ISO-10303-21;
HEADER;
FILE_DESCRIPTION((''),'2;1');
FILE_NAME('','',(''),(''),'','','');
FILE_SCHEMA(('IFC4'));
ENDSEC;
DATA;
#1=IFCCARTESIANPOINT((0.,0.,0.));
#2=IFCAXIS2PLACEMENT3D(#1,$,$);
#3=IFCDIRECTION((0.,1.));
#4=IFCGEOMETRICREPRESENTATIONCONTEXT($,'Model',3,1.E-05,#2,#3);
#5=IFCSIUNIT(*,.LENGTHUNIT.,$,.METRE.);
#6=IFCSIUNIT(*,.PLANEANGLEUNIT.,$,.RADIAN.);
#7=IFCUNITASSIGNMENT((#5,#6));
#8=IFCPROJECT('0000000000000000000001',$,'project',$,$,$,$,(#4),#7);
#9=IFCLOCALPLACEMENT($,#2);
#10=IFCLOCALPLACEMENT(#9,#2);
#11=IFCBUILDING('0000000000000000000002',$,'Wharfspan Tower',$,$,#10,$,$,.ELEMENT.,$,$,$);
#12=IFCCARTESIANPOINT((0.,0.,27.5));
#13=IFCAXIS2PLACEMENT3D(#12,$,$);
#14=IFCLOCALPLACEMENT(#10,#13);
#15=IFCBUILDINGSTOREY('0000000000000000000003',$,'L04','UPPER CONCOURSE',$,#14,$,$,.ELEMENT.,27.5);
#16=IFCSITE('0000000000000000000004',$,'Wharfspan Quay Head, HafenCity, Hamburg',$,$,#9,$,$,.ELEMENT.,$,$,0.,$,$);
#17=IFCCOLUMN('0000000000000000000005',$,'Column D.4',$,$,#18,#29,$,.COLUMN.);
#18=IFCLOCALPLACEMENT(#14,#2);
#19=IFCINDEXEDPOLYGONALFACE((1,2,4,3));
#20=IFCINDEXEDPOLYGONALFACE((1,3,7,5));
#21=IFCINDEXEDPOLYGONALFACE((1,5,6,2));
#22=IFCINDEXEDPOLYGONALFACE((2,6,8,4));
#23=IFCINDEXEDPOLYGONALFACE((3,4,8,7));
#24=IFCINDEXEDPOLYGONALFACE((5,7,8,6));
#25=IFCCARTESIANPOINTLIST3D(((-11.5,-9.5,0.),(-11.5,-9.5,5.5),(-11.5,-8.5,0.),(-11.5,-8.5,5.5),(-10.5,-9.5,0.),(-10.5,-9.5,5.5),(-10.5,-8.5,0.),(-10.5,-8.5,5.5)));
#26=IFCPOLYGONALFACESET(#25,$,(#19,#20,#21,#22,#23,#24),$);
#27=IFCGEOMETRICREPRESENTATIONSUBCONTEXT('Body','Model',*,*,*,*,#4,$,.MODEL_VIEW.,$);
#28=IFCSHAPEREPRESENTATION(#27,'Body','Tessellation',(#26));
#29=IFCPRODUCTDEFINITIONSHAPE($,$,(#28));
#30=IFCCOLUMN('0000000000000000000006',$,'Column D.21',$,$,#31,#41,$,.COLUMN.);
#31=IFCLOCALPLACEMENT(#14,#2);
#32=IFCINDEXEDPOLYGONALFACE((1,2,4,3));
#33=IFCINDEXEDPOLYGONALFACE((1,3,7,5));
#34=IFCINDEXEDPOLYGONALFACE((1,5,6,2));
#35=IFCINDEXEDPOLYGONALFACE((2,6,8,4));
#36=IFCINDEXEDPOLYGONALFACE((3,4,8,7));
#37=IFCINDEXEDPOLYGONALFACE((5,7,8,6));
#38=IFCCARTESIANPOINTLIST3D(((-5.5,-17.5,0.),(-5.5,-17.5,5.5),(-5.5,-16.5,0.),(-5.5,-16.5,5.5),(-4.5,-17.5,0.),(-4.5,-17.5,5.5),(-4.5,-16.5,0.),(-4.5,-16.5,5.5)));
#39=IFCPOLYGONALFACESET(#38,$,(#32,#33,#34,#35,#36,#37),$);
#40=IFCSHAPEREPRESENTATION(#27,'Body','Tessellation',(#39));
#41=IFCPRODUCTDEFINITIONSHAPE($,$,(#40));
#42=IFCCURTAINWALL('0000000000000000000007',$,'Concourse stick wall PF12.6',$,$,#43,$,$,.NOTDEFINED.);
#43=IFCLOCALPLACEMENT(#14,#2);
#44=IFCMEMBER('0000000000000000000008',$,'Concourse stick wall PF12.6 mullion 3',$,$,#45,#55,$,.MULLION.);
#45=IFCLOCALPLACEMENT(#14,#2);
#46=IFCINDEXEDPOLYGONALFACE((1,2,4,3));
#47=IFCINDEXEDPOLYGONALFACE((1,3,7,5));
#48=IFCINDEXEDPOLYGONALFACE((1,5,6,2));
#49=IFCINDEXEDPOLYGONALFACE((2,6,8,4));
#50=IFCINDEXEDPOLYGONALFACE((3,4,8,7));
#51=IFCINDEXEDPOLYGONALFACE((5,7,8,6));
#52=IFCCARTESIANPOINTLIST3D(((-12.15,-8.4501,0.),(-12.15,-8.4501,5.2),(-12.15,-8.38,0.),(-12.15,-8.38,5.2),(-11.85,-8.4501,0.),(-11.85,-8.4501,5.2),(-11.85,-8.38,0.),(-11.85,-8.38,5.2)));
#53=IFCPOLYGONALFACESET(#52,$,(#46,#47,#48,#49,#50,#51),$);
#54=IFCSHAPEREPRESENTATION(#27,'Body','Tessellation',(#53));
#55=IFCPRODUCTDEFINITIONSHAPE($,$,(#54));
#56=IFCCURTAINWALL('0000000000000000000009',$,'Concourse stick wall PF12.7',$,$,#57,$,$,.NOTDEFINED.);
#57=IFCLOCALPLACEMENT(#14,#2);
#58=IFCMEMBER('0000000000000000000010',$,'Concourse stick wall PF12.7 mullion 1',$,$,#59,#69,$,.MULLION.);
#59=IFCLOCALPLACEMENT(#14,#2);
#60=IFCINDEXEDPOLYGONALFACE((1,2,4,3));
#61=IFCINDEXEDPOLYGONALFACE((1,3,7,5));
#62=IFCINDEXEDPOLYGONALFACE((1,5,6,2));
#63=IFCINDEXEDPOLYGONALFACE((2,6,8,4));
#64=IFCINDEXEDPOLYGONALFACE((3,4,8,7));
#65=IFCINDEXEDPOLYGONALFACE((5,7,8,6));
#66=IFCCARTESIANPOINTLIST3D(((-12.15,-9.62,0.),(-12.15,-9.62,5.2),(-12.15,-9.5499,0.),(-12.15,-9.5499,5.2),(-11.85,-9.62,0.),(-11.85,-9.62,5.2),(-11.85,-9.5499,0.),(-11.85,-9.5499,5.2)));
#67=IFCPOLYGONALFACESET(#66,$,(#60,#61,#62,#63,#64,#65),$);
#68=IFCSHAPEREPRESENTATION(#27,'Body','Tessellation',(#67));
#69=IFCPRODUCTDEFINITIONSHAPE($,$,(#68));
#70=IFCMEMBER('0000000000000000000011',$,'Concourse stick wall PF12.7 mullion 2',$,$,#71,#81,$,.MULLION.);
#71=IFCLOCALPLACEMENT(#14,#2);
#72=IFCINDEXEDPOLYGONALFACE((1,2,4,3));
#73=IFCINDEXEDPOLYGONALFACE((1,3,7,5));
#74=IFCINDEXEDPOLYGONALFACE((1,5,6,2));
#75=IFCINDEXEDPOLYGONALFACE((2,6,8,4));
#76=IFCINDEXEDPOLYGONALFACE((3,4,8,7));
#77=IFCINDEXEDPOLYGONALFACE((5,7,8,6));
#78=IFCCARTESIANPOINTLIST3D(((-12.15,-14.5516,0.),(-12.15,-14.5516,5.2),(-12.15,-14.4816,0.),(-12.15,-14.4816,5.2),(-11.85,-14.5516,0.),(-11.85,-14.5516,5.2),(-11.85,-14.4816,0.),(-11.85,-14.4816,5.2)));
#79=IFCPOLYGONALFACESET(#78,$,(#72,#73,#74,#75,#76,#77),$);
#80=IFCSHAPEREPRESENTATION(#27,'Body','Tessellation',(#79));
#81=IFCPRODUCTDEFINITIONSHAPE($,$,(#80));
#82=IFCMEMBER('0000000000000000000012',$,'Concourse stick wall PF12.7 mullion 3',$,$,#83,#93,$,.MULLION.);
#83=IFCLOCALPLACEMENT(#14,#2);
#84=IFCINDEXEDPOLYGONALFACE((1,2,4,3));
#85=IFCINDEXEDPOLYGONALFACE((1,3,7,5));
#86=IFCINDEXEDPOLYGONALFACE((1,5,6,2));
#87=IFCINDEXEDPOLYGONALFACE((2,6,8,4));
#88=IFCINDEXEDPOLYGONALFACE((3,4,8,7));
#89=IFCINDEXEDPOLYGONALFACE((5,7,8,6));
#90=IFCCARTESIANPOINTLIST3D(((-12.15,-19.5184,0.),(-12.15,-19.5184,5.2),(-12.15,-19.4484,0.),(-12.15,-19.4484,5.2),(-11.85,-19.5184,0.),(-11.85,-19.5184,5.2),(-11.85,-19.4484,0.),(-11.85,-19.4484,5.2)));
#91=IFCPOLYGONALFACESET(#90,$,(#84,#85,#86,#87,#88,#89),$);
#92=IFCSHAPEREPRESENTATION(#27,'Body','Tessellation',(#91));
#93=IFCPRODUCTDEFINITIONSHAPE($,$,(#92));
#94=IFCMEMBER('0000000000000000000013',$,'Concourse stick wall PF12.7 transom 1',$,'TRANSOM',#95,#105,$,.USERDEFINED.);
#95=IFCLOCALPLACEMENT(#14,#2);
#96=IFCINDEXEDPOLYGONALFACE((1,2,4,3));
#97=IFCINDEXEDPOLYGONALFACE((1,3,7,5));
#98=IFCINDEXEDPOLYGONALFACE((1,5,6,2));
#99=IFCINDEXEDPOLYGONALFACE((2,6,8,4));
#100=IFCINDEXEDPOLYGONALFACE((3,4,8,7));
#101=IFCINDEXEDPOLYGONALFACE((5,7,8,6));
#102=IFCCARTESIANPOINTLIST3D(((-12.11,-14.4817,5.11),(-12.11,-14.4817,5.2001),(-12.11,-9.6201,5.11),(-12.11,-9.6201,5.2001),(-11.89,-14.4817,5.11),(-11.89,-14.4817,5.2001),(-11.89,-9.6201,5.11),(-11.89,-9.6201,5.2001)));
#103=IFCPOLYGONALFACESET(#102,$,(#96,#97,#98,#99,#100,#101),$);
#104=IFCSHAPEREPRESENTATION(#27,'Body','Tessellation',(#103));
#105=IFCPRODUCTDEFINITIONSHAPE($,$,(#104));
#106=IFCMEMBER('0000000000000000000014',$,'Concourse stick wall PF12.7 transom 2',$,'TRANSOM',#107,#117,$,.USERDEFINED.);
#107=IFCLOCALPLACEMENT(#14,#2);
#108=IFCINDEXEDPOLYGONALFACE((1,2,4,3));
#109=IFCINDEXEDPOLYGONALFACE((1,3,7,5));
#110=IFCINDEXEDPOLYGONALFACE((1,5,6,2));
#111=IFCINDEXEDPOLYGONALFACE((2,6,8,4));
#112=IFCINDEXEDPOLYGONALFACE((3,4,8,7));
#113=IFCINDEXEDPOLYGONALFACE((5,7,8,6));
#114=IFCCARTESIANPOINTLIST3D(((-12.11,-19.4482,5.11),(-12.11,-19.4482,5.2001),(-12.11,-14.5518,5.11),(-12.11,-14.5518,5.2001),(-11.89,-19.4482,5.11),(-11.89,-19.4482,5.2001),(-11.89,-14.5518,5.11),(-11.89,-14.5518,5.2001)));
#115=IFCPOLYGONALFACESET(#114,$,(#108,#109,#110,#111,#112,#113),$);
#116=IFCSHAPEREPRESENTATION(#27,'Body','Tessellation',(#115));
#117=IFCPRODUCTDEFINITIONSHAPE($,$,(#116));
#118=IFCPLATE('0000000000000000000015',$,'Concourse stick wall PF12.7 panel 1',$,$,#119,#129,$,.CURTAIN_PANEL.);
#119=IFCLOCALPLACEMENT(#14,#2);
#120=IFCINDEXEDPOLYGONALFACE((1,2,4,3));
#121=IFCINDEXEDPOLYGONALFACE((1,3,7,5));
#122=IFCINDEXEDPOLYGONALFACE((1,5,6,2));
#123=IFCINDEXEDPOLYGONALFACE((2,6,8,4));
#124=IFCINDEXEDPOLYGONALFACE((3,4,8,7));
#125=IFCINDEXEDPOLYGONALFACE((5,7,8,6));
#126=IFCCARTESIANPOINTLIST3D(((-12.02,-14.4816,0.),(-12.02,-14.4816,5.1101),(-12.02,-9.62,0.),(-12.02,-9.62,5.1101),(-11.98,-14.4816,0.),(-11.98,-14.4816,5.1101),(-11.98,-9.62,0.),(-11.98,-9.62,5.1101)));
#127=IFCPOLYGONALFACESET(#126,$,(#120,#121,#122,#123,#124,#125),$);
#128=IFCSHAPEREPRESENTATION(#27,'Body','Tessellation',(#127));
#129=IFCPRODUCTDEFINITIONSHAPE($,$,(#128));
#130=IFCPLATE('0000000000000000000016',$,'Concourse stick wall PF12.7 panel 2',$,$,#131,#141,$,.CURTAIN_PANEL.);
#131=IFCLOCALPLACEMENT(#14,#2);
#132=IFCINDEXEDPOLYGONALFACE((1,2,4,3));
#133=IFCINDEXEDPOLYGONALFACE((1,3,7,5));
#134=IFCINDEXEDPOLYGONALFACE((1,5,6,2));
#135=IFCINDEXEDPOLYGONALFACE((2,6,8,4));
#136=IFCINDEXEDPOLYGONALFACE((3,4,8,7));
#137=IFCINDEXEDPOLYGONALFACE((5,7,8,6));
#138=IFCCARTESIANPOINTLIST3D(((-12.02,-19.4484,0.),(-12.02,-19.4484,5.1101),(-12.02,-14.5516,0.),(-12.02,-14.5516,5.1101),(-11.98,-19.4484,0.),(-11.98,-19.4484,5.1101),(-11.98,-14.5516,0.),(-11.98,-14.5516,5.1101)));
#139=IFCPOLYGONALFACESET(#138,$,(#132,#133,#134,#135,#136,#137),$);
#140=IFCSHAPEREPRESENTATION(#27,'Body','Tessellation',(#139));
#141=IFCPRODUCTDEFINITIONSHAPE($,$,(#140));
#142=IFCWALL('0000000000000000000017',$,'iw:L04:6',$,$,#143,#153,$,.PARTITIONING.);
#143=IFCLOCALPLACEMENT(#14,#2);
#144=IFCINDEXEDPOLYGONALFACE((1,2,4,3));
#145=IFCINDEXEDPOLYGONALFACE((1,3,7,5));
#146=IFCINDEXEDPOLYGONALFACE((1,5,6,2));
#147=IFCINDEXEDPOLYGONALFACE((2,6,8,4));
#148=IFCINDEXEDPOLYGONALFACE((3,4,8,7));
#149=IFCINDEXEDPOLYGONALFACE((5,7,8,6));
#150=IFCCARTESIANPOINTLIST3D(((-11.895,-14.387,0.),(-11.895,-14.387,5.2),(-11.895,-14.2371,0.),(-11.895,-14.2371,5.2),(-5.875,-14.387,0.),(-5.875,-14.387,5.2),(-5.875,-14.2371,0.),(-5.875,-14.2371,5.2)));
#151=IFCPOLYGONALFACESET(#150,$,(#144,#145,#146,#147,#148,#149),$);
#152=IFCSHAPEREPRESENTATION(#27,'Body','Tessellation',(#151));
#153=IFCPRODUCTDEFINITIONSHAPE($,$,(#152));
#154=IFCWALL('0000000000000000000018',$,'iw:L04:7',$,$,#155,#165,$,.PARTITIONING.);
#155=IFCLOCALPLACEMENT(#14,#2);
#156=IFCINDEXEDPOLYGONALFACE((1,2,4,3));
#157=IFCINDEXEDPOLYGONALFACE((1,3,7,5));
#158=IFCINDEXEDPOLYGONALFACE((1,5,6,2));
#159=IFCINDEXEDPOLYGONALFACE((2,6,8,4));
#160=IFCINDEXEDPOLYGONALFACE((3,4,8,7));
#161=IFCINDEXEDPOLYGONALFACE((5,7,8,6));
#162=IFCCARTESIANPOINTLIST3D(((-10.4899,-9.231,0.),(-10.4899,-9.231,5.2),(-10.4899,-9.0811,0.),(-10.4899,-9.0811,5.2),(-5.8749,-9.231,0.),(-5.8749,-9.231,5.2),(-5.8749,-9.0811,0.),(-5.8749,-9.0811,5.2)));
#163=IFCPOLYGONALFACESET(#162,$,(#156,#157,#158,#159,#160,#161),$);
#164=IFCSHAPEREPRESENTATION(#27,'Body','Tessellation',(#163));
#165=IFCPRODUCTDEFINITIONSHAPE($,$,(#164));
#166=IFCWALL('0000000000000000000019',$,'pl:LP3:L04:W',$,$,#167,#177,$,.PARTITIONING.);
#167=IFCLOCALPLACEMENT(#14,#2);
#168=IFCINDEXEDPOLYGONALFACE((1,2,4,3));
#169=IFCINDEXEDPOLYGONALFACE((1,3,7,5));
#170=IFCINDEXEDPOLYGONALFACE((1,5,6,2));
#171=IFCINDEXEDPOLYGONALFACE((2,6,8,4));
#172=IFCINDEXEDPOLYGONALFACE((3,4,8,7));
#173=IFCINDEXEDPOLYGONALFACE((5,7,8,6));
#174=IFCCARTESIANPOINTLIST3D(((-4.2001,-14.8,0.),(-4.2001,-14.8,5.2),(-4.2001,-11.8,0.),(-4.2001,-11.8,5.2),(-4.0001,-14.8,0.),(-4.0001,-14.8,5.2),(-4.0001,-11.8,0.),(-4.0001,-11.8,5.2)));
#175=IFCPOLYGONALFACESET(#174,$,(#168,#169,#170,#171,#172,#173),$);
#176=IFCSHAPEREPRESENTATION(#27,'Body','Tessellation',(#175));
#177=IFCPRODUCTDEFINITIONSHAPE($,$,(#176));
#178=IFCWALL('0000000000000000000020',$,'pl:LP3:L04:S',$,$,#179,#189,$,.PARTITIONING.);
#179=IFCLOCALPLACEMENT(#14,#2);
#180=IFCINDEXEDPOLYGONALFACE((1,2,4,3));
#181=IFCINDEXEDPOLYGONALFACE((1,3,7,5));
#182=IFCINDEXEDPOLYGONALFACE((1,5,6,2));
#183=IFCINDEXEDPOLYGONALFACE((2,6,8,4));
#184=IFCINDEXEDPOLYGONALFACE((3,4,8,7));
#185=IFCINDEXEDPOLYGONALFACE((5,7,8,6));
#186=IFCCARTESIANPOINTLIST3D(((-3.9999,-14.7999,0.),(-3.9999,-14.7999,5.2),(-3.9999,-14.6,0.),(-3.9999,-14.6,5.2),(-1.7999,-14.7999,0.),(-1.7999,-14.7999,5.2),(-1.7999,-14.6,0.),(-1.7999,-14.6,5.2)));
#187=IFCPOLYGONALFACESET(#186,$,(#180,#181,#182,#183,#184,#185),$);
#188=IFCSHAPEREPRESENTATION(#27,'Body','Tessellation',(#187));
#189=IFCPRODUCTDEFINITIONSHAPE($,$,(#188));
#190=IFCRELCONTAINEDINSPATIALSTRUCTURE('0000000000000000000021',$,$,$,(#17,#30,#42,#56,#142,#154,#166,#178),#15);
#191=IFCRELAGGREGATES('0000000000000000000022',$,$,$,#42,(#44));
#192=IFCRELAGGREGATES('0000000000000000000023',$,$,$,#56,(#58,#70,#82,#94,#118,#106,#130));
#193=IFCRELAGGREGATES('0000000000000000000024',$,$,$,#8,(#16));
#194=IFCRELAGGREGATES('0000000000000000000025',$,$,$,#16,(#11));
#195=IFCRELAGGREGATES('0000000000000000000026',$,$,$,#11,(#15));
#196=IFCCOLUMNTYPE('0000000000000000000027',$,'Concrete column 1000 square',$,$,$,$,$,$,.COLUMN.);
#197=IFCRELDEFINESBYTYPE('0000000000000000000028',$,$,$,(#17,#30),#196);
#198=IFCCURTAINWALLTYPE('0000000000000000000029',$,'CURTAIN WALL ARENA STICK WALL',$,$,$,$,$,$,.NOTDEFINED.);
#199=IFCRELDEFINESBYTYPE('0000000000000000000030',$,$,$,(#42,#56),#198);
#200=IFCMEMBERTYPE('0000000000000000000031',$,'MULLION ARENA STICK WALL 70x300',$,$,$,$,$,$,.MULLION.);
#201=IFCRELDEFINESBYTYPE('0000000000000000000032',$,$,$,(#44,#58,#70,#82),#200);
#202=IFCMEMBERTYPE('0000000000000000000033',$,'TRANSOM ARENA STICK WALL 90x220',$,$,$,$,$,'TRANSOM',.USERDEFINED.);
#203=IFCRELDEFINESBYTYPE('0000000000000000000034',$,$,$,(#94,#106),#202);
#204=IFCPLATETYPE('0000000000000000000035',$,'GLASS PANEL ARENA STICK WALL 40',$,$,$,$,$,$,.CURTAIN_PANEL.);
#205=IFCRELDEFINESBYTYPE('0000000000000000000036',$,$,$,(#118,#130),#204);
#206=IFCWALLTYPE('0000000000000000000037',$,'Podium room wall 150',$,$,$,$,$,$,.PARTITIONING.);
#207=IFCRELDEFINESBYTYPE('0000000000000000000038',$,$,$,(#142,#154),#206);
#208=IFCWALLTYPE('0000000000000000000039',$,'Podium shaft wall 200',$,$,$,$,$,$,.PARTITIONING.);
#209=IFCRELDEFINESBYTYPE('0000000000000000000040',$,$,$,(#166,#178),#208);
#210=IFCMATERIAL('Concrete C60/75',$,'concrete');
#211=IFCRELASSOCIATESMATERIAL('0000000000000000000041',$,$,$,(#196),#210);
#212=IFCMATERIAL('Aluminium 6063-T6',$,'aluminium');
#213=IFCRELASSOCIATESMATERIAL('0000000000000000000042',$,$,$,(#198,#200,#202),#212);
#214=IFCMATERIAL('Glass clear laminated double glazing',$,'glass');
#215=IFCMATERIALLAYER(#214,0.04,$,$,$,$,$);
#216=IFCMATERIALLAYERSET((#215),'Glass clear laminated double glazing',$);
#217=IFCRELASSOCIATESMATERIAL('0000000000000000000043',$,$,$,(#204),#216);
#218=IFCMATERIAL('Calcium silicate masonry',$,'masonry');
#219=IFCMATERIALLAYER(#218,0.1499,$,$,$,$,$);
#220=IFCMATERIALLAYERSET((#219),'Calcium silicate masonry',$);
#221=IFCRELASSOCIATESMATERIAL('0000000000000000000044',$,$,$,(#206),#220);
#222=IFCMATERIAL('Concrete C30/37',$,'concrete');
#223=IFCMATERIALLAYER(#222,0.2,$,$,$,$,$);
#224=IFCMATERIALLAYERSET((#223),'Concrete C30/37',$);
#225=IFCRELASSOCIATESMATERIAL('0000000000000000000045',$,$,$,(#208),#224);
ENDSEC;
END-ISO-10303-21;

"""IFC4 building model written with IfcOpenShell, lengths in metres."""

from ifc_helpers import new_model, si_unit, direction, frame, frame_2d, origin, origin_2d, place, context, subcontext, project, spatial, rectangle, extrude, material, layer, layer_set, material_profile, profile_set, type_object, element, aggregate, save


model = new_model("IFC4")

# Units and contexts
model_context = context("Model", 3, precision=1e-05, world=origin(), true_north=direction((0.0, 1.0)))
body_context = subcontext(model_context, "Body", "Model", "MODEL_VIEW")
ifc_project = project(units=[si_unit("LENGTHUNIT", "METRE"), si_unit("PLANEANGLEUNIT", "RADIAN")], contexts=[model_context])

# Site, building, storey
site_placement = place(None, origin())
site = spatial("IfcSite", under=ifc_project, at=site_placement, Name="Wharfspan Quay Head, HafenCity, Hamburg", CompositionType="ELEMENT", RefElevation=0.0)
building_placement = place(site_placement, origin())
building = spatial("IfcBuilding", under=site, at=building_placement, Name="Wharfspan Tower", CompositionType="ELEMENT")
storey_placement = place(building_placement, frame((0.0, 0.0, 27.5)))
storey = spatial("IfcBuildingStorey", under=building, at=storey_placement, Name="L04", Description="UPPER CONCOURSE", CompositionType="ELEMENT", Elevation=27.5)

# Columns
ifc_material_1 = material(Name="Concrete C60/75", Category="concrete")
ifc_material_profile_1 = material_profile(ifc_material_1, rectangle(XDim=1.0, YDim=1.0, at=origin_2d()))
ifc_profile_set_1 = profile_set([ifc_material_profile_1], Name="Concrete C60/75")
column_type = type_object("IfcColumnType", Name="Concrete column 1000 square", PredefinedType="COLUMN", material=ifc_profile_set_1)
for number, where, z_axis, x_axis, name in (
    (1, (-11.0, -9.0, 0.0), (0.0, 0.0, 1.0), (1.0, 0.0, 0.0), "Column D.4"),
    (2, (-5.0, -17.0, 0.0), (0.0, 0.0, 1.0), (1.0, 0.0, 0.0), "Column D.21"),
):
    element("IfcColumn", number, at=place(storey_placement, frame(where, z_axis=z_axis, x_axis=x_axis)), inside=storey, type_object=column_type, Name=name, PredefinedType="COLUMN", context=body_context, shape_type="SweptSolid", body=[
        extrude(rectangle(XDim=1.0, YDim=1.0, at=origin_2d()), origin(), (0.0, 0.0, 1.0), 5.5),
    ])

# Curtain wall, member
ifc_material_2 = material(Name="Aluminium 6063-T6", Category="aluminium")
curtain_wall_type = type_object("IfcCurtainWallType", Name="CURTAIN WALL ARENA STICK WALL", PredefinedType="NOTDEFINED", material=ifc_material_2)
curtain_wall_1_placement = place(storey_placement, origin())
curtain_wall_1 = element("IfcCurtainWall", 3, at=curtain_wall_1_placement, inside=storey, type_object=curtain_wall_type, Name="Concourse stick wall PF12.6", PredefinedType="NOTDEFINED")
ifc_material_profile_2 = material_profile(ifc_material_2, rectangle(XDim=0.3, YDim=0.0701, at=origin_2d()))
ifc_profile_set_2 = profile_set([ifc_material_profile_2], Name="Aluminium 6063-T6")
member_type_1 = type_object("IfcMemberType", Name="MULLION ARENA STICK WALL 70x300", PredefinedType="MULLION", material=ifc_profile_set_2)
member_1_placement = place(storey_placement, frame((-12.0, -8.415, 0.0), z_axis=(0.0, 0.0, 1.0), x_axis=(1.0, 0.0, 0.0)))
member_1 = element("IfcMember", 4, at=member_1_placement, type_object=member_type_1, Name="Concourse stick wall PF12.6 mullion 3", PredefinedType="MULLION", context=body_context, shape_type="SweptSolid", body=[
    extrude(rectangle(XDim=0.3, YDim=0.0701, at=origin_2d()), origin(), (0.0, 0.0, 1.0), 5.2),
])
aggregate(curtain_wall_1, [member_1])

# Curtain wall, members, plates
curtain_wall_2_placement = place(storey_placement, origin())
curtain_wall_2 = element("IfcCurtainWall", 5, at=curtain_wall_2_placement, inside=storey, type_object=curtain_wall_type, Name="Concourse stick wall PF12.7", PredefinedType="NOTDEFINED")
member_2_placement = place(storey_placement, frame((-12.0, -9.585, 0.0), z_axis=(0.0, 0.0, 1.0), x_axis=(1.0, 0.0, 0.0)))
member_2 = element("IfcMember", 6, at=member_2_placement, type_object=member_type_1, Name="Concourse stick wall PF12.7 mullion 1", PredefinedType="MULLION", context=body_context, shape_type="SweptSolid", body=[
    extrude(rectangle(XDim=0.3, YDim=0.0701, at=origin_2d()), origin(), (0.0, 0.0, 1.0), 5.2),
])
member_3_placement = place(storey_placement, frame((-12.0, -14.5166, 0.0), z_axis=(0.0, 0.0, 1.0), x_axis=(1.0, 0.0, 0.0)))
member_3 = element("IfcMember", 7, at=member_3_placement, type_object=member_type_1, Name="Concourse stick wall PF12.7 mullion 2", PredefinedType="MULLION", context=body_context, shape_type="SweptSolid", body=[
    extrude(rectangle(XDim=0.3, YDim=0.0701, at=origin_2d()), origin(), (0.0, 0.0, 1.0), 5.2),
])
member_4_placement = place(storey_placement, frame((-12.0, -19.4834, 0.0), z_axis=(0.0, 0.0, 1.0), x_axis=(1.0, 0.0, 0.0)))
member_4 = element("IfcMember", 8, at=member_4_placement, type_object=member_type_1, Name="Concourse stick wall PF12.7 mullion 3", PredefinedType="MULLION", context=body_context, shape_type="SweptSolid", body=[
    extrude(rectangle(XDim=0.3, YDim=0.0701, at=origin_2d()), origin(), (0.0, 0.0, 1.0), 5.2),
])
ifc_material_profile_3 = material_profile(ifc_material_2, rectangle(XDim=0.22, YDim=0.0901, at=origin_2d()))
ifc_profile_set_3 = profile_set([ifc_material_profile_3], Name="Aluminium 6063-T6")
member_type_2 = type_object("IfcMemberType", Name="TRANSOM ARENA STICK WALL 90x220", ElementType="TRANSOM", PredefinedType="USERDEFINED", material=ifc_profile_set_3)
member_5_placement = place(storey_placement, frame((-12.0, -9.6201, 5.155), z_axis=(0.0, -1.0, 0.0), x_axis=(1.0, 0.0, 0.0)))
member_5 = element("IfcMember", 9, at=member_5_placement, type_object=member_type_2, Name="Concourse stick wall PF12.7 transom 1", ObjectType="TRANSOM", PredefinedType="USERDEFINED", context=body_context, shape_type="SweptSolid", body=[
    extrude(rectangle(XDim=0.22, YDim=0.0901, at=origin_2d()), origin(), (0.0, 0.0, 1.0), 4.8616),
])
member_6_placement = place(storey_placement, frame((-12.0, -14.5518, 5.155), z_axis=(0.0, -1.0, 0.0), x_axis=(1.0, 0.0, 0.0)))
member_6 = element("IfcMember", 10, at=member_6_placement, type_object=member_type_2, Name="Concourse stick wall PF12.7 transom 2", ObjectType="TRANSOM", PredefinedType="USERDEFINED", context=body_context, shape_type="SweptSolid", body=[
    extrude(rectangle(XDim=0.22, YDim=0.0901, at=origin_2d()), origin(), (0.0, 0.0, 1.0), 4.8965),
])
ifc_material_3 = material(Name="Glass clear laminated double glazing", Category="glass")
ifc_layer_1 = layer(ifc_material_3, 0.04)
ifc_layer_set_1 = layer_set([ifc_layer_1], Name="Glass clear laminated double glazing")
plate_type = type_object("IfcPlateType", Name="GLASS PANEL ARENA STICK WALL 40", PredefinedType="CURTAIN_PANEL", material=ifc_layer_set_1)
plate_1_placement = place(storey_placement, frame((-12.0, -12.0508, 0.0), z_axis=(0.0, 0.0, 1.0), x_axis=(0.0, -1.0, 0.0)))
plate_1 = element("IfcPlate", 11, at=plate_1_placement, type_object=plate_type, Name="Concourse stick wall PF12.7 panel 1", PredefinedType="CURTAIN_PANEL", context=body_context, shape_type="SweptSolid", body=[
    extrude(rectangle(XDim=4.8616, YDim=0.04, at=origin_2d()), origin(), (0.0, 0.0, 1.0), 5.1101),
])
plate_2_placement = place(storey_placement, frame((-12.0, -17.0, 0.0), z_axis=(0.0, 0.0, 1.0), x_axis=(0.0, -1.0, 0.0)))
plate_2 = element("IfcPlate", 12, at=plate_2_placement, type_object=plate_type, Name="Concourse stick wall PF12.7 panel 2", PredefinedType="CURTAIN_PANEL", context=body_context, shape_type="SweptSolid", body=[
    extrude(rectangle(XDim=4.8967, YDim=0.04, at=origin_2d()), origin(), (0.0, 0.0, 1.0), 5.1101),
])
aggregate(curtain_wall_2, [member_2, member_3, member_4, member_5, plate_1, member_6, plate_2])

# Walls
ifc_material_4 = material(Name="Calcium silicate masonry", Category="masonry")
ifc_layer_2 = layer(ifc_material_4, 0.1499)
ifc_layer_set_2 = layer_set([ifc_layer_2], Name="Calcium silicate masonry")
wall_type_1 = type_object("IfcWallType", Name="Podium room wall 150", PredefinedType="PARTITIONING", material=ifc_layer_set_2)
wall_1_placement = place(storey_placement, frame((-11.895, -14.312, 0.0), z_axis=(0.0, 0.0, 1.0), x_axis=(1.0, 0.0, 0.0)))
element("IfcWall", 13, at=wall_1_placement, inside=storey, type_object=wall_type_1, Name="iw:L04:6", PredefinedType="PARTITIONING", context=body_context, shape_type="SweptSolid", body=[
    extrude(rectangle(XDim=6.02, YDim=0.1499, at=frame_2d((3.01, 0.0))), origin(), (0.0, 0.0, 1.0), 5.2),
])
wall_2_placement = place(storey_placement, frame((-10.49, -9.156, 0.0), z_axis=(0.0, 0.0, 1.0), x_axis=(1.0, 0.0, 0.0)))
element("IfcWall", 14, at=wall_2_placement, inside=storey, type_object=wall_type_1, Name="iw:L04:7", PredefinedType="PARTITIONING", context=body_context, shape_type="SweptSolid", body=[
    extrude(rectangle(XDim=4.615, YDim=0.1499, at=frame_2d((2.3076, 0.0))), origin(), (0.0, 0.0, 1.0), 5.2),
])
ifc_material_5 = material(Name="Concrete C30/37", Category="concrete")
ifc_layer_3 = layer(ifc_material_5, 0.2)
ifc_layer_set_3 = layer_set([ifc_layer_3], Name="Concrete C30/37")
wall_type_2 = type_object("IfcWallType", Name="Podium shaft wall 200", PredefinedType="PARTITIONING", material=ifc_layer_set_3)
wall_3_placement = place(storey_placement, frame((-4.1001, -14.8, 0.0), z_axis=(0.0, 0.0, 1.0), x_axis=(0.0, 1.0, 0.0)))
element("IfcWall", 15, at=wall_3_placement, inside=storey, type_object=wall_type_2, Name="pl:LP3:L04:W", PredefinedType="PARTITIONING", context=body_context, shape_type="SweptSolid", body=[
    extrude(rectangle(XDim=3.0, YDim=0.2, at=frame_2d((1.5, 0.0))), origin(), (0.0, 0.0, 1.0), 5.2),
])
for number, where, z_axis, x_axis, name in (
    (16, (-4.0, -14.7, 0.0), (0.0, 0.0, 1.0), (1.0, 0.0, 0.0), "pl:LP3:L04:S"),
):
    element("IfcWall", number, at=place(storey_placement, frame(where, z_axis=z_axis, x_axis=x_axis)), inside=storey, type_object=wall_type_2, Name=name, PredefinedType="PARTITIONING", context=body_context, shape_type="SweptSolid", body=[
        extrude(rectangle(XDim=2.2, YDim=0.2, at=frame_2d((1.1001, 0.0))), origin(), (0.0, 0.0, 1.0), 5.2),
    ])

save(model, "model.ifc")
